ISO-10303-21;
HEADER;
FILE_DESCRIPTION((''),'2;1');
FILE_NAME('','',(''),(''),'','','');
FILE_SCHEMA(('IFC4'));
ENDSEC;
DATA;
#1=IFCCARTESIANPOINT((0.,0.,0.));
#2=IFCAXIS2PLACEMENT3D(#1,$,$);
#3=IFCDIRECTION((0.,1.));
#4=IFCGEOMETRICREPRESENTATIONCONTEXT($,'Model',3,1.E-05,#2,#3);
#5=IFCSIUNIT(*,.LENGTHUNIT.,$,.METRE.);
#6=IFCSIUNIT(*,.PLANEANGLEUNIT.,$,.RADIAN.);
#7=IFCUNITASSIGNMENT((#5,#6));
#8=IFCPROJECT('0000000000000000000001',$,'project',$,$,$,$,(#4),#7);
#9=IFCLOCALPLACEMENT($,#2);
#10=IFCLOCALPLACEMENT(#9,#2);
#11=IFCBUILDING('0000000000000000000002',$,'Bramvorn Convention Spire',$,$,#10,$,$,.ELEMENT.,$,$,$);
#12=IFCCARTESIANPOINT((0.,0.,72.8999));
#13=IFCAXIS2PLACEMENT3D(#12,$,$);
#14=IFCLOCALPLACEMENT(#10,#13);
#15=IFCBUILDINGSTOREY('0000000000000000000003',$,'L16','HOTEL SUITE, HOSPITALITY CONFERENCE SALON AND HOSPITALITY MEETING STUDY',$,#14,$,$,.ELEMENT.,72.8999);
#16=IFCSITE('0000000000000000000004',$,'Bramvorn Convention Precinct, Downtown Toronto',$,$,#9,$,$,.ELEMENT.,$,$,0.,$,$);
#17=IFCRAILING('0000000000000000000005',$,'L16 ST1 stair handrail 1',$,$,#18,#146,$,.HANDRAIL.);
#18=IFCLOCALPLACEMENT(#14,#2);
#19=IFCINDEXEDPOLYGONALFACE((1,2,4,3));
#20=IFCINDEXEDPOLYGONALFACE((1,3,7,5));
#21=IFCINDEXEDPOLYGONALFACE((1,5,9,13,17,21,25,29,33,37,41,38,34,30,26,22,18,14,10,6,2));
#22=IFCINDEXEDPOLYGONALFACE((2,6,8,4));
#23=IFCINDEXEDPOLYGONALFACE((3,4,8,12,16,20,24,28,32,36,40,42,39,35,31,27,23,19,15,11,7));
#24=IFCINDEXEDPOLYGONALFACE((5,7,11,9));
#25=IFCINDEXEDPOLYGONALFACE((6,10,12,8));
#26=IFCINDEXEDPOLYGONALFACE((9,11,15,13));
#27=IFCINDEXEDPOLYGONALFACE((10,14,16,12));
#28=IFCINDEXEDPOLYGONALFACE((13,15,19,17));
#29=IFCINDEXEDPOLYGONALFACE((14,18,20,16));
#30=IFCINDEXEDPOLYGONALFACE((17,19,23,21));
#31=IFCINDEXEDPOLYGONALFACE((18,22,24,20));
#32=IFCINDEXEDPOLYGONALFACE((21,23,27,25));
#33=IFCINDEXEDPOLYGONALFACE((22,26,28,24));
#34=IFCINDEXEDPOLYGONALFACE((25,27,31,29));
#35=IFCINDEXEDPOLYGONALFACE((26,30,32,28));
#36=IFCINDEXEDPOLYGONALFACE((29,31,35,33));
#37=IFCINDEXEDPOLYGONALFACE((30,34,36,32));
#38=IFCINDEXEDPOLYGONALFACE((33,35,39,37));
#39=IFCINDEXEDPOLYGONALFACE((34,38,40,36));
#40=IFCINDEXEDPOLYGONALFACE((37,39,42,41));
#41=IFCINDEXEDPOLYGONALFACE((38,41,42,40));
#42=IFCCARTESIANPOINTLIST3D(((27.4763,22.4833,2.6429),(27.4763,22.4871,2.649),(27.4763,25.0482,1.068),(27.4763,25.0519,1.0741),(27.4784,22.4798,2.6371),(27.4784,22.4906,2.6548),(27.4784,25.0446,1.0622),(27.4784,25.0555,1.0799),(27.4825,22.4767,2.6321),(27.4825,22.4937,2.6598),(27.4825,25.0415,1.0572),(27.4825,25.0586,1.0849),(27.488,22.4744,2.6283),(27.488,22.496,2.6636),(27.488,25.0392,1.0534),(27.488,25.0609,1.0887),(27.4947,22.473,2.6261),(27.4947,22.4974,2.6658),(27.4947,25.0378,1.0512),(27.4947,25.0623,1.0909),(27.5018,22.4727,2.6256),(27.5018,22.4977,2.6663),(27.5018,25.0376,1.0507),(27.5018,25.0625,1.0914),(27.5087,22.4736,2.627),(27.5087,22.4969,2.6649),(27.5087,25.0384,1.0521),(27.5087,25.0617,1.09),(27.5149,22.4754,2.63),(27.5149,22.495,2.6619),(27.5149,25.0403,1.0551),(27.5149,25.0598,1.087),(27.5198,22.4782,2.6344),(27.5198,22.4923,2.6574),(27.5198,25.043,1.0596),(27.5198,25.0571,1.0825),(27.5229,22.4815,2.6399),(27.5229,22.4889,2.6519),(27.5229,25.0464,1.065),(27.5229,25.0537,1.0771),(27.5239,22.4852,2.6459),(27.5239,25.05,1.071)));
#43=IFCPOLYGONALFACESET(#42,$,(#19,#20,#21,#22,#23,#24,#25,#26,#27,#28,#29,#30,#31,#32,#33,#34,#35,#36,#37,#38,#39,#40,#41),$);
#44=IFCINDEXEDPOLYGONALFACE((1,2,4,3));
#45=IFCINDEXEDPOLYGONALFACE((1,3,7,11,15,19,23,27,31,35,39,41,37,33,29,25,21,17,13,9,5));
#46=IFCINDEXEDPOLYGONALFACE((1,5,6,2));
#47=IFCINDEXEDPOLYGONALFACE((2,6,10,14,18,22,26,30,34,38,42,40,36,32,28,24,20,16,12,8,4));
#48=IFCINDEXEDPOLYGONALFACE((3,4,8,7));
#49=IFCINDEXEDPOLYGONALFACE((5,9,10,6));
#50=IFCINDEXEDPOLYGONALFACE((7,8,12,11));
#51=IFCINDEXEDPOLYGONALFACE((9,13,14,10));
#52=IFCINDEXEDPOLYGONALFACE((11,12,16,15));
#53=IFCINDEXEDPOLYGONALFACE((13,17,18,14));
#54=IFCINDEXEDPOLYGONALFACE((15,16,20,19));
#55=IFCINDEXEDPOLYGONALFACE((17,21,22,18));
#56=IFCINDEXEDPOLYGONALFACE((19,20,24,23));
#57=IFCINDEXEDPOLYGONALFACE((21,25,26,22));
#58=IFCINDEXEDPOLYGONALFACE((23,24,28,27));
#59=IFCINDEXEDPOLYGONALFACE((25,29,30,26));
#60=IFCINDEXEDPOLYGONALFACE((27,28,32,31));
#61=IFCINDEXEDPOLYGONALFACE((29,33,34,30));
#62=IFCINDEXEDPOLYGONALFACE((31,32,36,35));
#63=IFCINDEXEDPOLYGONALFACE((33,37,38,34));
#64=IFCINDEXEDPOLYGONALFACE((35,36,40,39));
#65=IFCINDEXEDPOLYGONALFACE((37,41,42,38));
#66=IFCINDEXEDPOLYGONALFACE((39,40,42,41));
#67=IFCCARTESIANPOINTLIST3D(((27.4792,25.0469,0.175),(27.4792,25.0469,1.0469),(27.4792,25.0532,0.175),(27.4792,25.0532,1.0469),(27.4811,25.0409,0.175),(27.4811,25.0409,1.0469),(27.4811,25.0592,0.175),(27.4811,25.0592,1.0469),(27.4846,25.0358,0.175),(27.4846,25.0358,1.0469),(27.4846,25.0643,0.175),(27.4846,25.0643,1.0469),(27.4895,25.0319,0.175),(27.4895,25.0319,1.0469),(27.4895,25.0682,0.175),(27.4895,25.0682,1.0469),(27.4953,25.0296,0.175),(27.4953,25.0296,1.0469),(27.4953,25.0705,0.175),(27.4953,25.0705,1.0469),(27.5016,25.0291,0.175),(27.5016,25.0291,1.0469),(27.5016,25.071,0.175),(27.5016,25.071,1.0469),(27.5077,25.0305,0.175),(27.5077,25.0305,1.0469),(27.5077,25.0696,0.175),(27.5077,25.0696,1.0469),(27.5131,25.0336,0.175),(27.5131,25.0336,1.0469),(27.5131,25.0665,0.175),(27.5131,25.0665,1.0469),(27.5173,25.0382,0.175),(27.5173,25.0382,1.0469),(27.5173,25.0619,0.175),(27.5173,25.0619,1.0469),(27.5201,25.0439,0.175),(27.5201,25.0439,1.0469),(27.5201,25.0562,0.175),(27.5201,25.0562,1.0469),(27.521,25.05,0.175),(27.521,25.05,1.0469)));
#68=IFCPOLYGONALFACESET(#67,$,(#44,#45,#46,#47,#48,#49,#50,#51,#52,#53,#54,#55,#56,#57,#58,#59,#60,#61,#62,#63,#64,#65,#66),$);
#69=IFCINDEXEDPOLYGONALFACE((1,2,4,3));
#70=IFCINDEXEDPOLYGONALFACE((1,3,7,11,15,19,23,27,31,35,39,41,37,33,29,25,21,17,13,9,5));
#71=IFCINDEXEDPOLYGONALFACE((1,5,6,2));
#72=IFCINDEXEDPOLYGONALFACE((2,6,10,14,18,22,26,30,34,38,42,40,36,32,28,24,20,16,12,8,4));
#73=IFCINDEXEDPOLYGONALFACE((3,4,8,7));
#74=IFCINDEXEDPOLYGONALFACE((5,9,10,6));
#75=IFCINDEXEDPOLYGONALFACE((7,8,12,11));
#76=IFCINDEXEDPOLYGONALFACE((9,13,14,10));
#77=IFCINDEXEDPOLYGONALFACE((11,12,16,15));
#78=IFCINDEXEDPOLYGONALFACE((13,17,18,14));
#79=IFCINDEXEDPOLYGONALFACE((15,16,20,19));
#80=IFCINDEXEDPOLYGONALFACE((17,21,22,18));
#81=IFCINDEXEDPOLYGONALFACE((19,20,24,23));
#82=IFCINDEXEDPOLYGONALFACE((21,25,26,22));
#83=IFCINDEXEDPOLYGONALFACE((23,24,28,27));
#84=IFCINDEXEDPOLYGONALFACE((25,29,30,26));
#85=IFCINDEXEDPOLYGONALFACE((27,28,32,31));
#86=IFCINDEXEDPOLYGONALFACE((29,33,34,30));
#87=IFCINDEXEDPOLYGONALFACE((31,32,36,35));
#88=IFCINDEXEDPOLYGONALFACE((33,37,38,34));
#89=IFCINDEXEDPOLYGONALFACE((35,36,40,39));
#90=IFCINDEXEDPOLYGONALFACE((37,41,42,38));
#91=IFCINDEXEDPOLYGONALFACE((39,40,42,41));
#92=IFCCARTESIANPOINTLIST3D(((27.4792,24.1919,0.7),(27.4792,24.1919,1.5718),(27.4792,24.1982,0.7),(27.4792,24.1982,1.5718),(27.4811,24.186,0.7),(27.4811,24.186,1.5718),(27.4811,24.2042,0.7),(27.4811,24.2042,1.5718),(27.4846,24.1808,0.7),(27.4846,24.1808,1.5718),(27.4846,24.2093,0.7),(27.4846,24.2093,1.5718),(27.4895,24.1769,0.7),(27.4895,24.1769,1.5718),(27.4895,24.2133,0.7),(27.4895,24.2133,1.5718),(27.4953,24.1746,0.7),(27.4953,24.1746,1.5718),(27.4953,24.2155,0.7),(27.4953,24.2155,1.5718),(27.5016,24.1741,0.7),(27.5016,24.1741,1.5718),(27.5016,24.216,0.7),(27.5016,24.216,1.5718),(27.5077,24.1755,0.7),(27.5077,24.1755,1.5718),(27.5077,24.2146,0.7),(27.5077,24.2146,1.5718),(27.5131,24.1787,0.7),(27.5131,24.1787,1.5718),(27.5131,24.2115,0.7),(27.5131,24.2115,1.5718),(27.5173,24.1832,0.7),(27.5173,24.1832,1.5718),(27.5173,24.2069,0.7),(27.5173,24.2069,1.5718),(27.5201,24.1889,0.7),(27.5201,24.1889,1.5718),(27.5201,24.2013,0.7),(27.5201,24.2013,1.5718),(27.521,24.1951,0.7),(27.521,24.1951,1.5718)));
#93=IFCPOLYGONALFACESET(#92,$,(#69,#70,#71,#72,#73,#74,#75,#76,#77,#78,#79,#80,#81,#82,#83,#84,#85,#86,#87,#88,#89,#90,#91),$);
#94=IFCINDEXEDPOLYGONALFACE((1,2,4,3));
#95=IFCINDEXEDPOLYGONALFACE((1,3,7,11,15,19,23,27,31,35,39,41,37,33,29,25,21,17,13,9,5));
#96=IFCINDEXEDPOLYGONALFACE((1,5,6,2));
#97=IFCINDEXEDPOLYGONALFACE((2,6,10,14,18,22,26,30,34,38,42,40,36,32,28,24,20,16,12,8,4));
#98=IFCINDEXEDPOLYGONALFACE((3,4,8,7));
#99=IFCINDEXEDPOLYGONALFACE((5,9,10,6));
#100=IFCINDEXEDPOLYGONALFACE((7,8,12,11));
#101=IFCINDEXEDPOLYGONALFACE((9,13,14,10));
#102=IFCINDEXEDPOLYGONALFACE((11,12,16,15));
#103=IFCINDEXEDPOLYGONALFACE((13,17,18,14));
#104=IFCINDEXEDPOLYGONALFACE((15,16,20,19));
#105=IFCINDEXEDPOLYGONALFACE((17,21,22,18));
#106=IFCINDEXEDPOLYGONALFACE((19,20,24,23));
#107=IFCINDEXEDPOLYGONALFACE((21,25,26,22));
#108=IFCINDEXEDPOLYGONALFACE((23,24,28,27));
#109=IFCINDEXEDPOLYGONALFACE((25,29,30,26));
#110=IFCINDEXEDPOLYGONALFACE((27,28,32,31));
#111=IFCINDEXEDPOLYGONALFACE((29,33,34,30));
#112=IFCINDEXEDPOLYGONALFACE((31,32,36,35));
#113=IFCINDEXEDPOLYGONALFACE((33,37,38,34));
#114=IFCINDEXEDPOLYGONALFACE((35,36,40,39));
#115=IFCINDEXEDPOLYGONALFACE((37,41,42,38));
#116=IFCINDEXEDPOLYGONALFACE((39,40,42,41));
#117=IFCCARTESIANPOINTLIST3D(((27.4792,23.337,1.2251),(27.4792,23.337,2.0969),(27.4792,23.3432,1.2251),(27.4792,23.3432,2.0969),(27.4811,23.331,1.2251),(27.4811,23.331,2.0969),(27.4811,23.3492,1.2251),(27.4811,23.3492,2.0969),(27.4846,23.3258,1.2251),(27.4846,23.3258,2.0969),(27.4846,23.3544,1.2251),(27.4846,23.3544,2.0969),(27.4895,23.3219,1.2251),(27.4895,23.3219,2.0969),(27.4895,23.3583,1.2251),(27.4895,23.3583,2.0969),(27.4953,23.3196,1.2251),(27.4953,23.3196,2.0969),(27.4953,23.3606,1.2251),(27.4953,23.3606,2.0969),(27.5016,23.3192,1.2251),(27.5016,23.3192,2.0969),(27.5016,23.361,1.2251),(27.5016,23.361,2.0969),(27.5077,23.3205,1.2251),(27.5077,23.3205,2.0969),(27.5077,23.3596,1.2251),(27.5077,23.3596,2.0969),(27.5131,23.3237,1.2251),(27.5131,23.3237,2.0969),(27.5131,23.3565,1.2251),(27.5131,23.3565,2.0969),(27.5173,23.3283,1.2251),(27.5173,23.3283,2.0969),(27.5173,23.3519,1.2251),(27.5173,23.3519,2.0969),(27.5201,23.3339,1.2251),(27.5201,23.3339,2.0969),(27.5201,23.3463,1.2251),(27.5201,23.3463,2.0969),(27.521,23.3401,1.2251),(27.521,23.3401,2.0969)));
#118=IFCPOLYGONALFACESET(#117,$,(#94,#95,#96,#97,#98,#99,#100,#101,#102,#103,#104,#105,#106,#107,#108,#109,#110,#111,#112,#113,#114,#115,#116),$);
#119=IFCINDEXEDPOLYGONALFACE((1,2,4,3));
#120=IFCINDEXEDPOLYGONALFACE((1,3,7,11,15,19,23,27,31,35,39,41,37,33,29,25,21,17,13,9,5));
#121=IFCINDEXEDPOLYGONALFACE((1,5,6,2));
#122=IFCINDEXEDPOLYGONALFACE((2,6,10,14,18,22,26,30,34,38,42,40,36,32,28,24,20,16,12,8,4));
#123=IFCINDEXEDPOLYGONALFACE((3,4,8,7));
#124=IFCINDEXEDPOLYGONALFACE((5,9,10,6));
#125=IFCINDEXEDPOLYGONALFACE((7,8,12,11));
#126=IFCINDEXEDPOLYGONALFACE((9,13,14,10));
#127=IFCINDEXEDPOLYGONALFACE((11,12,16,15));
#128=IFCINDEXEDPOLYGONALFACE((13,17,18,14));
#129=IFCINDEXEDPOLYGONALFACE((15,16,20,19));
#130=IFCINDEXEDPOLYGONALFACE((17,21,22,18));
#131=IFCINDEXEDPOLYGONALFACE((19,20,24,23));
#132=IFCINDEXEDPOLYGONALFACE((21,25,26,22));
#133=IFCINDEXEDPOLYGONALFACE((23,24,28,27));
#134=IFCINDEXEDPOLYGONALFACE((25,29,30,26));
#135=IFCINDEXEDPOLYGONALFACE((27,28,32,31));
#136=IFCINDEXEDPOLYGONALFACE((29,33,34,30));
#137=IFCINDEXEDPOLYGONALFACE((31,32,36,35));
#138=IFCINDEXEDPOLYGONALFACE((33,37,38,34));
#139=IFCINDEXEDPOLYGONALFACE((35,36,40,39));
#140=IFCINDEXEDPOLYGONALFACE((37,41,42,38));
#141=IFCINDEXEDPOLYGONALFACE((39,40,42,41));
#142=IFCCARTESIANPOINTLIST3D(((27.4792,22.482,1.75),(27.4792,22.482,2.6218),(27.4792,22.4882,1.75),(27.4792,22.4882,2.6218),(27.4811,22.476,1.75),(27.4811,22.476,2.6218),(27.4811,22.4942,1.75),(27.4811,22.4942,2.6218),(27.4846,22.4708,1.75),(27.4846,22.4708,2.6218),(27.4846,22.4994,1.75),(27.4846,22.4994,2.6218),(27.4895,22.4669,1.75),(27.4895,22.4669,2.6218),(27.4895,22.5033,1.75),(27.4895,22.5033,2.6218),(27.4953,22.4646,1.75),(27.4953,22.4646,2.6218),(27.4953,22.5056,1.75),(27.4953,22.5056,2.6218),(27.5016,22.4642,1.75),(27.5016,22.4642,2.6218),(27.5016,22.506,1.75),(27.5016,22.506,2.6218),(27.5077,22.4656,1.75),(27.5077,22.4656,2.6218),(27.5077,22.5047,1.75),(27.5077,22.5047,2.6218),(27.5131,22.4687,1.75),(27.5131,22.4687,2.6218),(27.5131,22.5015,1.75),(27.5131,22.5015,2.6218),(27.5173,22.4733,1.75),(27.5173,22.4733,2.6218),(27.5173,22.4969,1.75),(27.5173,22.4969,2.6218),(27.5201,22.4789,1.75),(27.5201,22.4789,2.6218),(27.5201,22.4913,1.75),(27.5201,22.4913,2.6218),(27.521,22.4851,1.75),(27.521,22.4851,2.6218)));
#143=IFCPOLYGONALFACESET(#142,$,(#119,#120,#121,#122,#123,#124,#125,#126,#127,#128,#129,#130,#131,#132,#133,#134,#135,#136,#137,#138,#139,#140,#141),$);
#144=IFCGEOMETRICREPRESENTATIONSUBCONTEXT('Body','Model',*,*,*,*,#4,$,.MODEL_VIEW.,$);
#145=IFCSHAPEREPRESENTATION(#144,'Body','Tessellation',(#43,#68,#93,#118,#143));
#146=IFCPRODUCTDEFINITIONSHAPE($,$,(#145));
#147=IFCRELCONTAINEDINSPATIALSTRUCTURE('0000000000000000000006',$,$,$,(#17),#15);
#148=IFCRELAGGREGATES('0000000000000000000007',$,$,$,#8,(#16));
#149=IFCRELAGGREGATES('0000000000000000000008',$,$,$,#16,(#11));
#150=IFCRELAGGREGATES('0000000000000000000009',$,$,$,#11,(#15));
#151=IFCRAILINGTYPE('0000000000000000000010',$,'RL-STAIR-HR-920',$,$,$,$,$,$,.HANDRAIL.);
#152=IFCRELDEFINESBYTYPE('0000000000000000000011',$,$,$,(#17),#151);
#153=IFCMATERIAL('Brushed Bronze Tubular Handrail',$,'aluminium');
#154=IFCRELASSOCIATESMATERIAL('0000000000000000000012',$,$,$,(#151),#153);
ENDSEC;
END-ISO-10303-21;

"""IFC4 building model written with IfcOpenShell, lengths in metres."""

from ifc_helpers import new_model, si_unit, direction, frame, origin, origin_2d, place, context, subcontext, project, spatial, circle, extrude, material, type_object, element, save


model = new_model("IFC4")

# Units and contexts
model_context = context("Model", 3, precision=1e-05, world=origin(), true_north=direction((0.0, 1.0)))
body_context = subcontext(model_context, "Body", "Model", "MODEL_VIEW")
ifc_project = project(units=[si_unit("LENGTHUNIT", "METRE"), si_unit("PLANEANGLEUNIT", "RADIAN")], contexts=[model_context])

# Site, building, storey
site_placement = place(None, origin())
site = spatial("IfcSite", under=ifc_project, at=site_placement, Name="Bramvorn Convention Precinct, Downtown Toronto", CompositionType="ELEMENT", RefElevation=0.0)
building_placement = place(site_placement, origin())
building = spatial("IfcBuilding", under=site, at=building_placement, Name="Bramvorn Convention Spire", CompositionType="ELEMENT")
storey_placement = place(building_placement, frame((0.0, 0.0, 72.8999)))
storey = spatial("IfcBuildingStorey", under=building, at=storey_placement, Name="L16", Description="HOTEL SUITE, HOSPITALITY CONFERENCE SALON AND HOSPITALITY MEETING STUDY", CompositionType="ELEMENT", Elevation=72.8999)

# Railing
ifc_material_1 = material(Name="Brushed Bronze Tubular Handrail", Category="aluminium")
railing_type_1 = type_object("IfcRailingType", Name="RL-STAIR-HR-920", PredefinedType="HANDRAIL", material=ifc_material_1)
railing_1_placement = place(storey_placement, frame((27.5, 25.05, 0.175)))
element("IfcRailing", 1, at=railing_1_placement, inside=storey, type_object=railing_type_1, Name="L16 ST1 stair handrail 1", PredefinedType="HANDRAIL", context=body_context, shape_type="SweptSolid", body=[
    extrude(circle(Radius=0.0239, at=origin_2d()), frame((0.0, 0.0, 0.896), z_axis=(0.0, -0.852173, 0.52326), x_axis=(1.0, 0.0, 0.0)), (0.0, 0.0, 1.0), 3.0098),
    extrude(circle(Radius=0.021, at=origin_2d()), origin(), (0.0, 0.0, 1.0), 0.8718),
    extrude(circle(Radius=0.021, at=origin_2d()), frame((0.0, -0.855, 0.5249)), (0.0, 0.0, 1.0), 0.8718),
    extrude(circle(Radius=0.021, at=origin_2d()), frame((0.0, -1.71, 1.05)), (0.0, 0.0, 1.0), 0.8718),
    extrude(circle(Radius=0.021, at=origin_2d()), frame((0.0, -2.5649, 1.575)), (0.0, 0.0, 1.0), 0.8718),
])

save(model, "model.ifc")
